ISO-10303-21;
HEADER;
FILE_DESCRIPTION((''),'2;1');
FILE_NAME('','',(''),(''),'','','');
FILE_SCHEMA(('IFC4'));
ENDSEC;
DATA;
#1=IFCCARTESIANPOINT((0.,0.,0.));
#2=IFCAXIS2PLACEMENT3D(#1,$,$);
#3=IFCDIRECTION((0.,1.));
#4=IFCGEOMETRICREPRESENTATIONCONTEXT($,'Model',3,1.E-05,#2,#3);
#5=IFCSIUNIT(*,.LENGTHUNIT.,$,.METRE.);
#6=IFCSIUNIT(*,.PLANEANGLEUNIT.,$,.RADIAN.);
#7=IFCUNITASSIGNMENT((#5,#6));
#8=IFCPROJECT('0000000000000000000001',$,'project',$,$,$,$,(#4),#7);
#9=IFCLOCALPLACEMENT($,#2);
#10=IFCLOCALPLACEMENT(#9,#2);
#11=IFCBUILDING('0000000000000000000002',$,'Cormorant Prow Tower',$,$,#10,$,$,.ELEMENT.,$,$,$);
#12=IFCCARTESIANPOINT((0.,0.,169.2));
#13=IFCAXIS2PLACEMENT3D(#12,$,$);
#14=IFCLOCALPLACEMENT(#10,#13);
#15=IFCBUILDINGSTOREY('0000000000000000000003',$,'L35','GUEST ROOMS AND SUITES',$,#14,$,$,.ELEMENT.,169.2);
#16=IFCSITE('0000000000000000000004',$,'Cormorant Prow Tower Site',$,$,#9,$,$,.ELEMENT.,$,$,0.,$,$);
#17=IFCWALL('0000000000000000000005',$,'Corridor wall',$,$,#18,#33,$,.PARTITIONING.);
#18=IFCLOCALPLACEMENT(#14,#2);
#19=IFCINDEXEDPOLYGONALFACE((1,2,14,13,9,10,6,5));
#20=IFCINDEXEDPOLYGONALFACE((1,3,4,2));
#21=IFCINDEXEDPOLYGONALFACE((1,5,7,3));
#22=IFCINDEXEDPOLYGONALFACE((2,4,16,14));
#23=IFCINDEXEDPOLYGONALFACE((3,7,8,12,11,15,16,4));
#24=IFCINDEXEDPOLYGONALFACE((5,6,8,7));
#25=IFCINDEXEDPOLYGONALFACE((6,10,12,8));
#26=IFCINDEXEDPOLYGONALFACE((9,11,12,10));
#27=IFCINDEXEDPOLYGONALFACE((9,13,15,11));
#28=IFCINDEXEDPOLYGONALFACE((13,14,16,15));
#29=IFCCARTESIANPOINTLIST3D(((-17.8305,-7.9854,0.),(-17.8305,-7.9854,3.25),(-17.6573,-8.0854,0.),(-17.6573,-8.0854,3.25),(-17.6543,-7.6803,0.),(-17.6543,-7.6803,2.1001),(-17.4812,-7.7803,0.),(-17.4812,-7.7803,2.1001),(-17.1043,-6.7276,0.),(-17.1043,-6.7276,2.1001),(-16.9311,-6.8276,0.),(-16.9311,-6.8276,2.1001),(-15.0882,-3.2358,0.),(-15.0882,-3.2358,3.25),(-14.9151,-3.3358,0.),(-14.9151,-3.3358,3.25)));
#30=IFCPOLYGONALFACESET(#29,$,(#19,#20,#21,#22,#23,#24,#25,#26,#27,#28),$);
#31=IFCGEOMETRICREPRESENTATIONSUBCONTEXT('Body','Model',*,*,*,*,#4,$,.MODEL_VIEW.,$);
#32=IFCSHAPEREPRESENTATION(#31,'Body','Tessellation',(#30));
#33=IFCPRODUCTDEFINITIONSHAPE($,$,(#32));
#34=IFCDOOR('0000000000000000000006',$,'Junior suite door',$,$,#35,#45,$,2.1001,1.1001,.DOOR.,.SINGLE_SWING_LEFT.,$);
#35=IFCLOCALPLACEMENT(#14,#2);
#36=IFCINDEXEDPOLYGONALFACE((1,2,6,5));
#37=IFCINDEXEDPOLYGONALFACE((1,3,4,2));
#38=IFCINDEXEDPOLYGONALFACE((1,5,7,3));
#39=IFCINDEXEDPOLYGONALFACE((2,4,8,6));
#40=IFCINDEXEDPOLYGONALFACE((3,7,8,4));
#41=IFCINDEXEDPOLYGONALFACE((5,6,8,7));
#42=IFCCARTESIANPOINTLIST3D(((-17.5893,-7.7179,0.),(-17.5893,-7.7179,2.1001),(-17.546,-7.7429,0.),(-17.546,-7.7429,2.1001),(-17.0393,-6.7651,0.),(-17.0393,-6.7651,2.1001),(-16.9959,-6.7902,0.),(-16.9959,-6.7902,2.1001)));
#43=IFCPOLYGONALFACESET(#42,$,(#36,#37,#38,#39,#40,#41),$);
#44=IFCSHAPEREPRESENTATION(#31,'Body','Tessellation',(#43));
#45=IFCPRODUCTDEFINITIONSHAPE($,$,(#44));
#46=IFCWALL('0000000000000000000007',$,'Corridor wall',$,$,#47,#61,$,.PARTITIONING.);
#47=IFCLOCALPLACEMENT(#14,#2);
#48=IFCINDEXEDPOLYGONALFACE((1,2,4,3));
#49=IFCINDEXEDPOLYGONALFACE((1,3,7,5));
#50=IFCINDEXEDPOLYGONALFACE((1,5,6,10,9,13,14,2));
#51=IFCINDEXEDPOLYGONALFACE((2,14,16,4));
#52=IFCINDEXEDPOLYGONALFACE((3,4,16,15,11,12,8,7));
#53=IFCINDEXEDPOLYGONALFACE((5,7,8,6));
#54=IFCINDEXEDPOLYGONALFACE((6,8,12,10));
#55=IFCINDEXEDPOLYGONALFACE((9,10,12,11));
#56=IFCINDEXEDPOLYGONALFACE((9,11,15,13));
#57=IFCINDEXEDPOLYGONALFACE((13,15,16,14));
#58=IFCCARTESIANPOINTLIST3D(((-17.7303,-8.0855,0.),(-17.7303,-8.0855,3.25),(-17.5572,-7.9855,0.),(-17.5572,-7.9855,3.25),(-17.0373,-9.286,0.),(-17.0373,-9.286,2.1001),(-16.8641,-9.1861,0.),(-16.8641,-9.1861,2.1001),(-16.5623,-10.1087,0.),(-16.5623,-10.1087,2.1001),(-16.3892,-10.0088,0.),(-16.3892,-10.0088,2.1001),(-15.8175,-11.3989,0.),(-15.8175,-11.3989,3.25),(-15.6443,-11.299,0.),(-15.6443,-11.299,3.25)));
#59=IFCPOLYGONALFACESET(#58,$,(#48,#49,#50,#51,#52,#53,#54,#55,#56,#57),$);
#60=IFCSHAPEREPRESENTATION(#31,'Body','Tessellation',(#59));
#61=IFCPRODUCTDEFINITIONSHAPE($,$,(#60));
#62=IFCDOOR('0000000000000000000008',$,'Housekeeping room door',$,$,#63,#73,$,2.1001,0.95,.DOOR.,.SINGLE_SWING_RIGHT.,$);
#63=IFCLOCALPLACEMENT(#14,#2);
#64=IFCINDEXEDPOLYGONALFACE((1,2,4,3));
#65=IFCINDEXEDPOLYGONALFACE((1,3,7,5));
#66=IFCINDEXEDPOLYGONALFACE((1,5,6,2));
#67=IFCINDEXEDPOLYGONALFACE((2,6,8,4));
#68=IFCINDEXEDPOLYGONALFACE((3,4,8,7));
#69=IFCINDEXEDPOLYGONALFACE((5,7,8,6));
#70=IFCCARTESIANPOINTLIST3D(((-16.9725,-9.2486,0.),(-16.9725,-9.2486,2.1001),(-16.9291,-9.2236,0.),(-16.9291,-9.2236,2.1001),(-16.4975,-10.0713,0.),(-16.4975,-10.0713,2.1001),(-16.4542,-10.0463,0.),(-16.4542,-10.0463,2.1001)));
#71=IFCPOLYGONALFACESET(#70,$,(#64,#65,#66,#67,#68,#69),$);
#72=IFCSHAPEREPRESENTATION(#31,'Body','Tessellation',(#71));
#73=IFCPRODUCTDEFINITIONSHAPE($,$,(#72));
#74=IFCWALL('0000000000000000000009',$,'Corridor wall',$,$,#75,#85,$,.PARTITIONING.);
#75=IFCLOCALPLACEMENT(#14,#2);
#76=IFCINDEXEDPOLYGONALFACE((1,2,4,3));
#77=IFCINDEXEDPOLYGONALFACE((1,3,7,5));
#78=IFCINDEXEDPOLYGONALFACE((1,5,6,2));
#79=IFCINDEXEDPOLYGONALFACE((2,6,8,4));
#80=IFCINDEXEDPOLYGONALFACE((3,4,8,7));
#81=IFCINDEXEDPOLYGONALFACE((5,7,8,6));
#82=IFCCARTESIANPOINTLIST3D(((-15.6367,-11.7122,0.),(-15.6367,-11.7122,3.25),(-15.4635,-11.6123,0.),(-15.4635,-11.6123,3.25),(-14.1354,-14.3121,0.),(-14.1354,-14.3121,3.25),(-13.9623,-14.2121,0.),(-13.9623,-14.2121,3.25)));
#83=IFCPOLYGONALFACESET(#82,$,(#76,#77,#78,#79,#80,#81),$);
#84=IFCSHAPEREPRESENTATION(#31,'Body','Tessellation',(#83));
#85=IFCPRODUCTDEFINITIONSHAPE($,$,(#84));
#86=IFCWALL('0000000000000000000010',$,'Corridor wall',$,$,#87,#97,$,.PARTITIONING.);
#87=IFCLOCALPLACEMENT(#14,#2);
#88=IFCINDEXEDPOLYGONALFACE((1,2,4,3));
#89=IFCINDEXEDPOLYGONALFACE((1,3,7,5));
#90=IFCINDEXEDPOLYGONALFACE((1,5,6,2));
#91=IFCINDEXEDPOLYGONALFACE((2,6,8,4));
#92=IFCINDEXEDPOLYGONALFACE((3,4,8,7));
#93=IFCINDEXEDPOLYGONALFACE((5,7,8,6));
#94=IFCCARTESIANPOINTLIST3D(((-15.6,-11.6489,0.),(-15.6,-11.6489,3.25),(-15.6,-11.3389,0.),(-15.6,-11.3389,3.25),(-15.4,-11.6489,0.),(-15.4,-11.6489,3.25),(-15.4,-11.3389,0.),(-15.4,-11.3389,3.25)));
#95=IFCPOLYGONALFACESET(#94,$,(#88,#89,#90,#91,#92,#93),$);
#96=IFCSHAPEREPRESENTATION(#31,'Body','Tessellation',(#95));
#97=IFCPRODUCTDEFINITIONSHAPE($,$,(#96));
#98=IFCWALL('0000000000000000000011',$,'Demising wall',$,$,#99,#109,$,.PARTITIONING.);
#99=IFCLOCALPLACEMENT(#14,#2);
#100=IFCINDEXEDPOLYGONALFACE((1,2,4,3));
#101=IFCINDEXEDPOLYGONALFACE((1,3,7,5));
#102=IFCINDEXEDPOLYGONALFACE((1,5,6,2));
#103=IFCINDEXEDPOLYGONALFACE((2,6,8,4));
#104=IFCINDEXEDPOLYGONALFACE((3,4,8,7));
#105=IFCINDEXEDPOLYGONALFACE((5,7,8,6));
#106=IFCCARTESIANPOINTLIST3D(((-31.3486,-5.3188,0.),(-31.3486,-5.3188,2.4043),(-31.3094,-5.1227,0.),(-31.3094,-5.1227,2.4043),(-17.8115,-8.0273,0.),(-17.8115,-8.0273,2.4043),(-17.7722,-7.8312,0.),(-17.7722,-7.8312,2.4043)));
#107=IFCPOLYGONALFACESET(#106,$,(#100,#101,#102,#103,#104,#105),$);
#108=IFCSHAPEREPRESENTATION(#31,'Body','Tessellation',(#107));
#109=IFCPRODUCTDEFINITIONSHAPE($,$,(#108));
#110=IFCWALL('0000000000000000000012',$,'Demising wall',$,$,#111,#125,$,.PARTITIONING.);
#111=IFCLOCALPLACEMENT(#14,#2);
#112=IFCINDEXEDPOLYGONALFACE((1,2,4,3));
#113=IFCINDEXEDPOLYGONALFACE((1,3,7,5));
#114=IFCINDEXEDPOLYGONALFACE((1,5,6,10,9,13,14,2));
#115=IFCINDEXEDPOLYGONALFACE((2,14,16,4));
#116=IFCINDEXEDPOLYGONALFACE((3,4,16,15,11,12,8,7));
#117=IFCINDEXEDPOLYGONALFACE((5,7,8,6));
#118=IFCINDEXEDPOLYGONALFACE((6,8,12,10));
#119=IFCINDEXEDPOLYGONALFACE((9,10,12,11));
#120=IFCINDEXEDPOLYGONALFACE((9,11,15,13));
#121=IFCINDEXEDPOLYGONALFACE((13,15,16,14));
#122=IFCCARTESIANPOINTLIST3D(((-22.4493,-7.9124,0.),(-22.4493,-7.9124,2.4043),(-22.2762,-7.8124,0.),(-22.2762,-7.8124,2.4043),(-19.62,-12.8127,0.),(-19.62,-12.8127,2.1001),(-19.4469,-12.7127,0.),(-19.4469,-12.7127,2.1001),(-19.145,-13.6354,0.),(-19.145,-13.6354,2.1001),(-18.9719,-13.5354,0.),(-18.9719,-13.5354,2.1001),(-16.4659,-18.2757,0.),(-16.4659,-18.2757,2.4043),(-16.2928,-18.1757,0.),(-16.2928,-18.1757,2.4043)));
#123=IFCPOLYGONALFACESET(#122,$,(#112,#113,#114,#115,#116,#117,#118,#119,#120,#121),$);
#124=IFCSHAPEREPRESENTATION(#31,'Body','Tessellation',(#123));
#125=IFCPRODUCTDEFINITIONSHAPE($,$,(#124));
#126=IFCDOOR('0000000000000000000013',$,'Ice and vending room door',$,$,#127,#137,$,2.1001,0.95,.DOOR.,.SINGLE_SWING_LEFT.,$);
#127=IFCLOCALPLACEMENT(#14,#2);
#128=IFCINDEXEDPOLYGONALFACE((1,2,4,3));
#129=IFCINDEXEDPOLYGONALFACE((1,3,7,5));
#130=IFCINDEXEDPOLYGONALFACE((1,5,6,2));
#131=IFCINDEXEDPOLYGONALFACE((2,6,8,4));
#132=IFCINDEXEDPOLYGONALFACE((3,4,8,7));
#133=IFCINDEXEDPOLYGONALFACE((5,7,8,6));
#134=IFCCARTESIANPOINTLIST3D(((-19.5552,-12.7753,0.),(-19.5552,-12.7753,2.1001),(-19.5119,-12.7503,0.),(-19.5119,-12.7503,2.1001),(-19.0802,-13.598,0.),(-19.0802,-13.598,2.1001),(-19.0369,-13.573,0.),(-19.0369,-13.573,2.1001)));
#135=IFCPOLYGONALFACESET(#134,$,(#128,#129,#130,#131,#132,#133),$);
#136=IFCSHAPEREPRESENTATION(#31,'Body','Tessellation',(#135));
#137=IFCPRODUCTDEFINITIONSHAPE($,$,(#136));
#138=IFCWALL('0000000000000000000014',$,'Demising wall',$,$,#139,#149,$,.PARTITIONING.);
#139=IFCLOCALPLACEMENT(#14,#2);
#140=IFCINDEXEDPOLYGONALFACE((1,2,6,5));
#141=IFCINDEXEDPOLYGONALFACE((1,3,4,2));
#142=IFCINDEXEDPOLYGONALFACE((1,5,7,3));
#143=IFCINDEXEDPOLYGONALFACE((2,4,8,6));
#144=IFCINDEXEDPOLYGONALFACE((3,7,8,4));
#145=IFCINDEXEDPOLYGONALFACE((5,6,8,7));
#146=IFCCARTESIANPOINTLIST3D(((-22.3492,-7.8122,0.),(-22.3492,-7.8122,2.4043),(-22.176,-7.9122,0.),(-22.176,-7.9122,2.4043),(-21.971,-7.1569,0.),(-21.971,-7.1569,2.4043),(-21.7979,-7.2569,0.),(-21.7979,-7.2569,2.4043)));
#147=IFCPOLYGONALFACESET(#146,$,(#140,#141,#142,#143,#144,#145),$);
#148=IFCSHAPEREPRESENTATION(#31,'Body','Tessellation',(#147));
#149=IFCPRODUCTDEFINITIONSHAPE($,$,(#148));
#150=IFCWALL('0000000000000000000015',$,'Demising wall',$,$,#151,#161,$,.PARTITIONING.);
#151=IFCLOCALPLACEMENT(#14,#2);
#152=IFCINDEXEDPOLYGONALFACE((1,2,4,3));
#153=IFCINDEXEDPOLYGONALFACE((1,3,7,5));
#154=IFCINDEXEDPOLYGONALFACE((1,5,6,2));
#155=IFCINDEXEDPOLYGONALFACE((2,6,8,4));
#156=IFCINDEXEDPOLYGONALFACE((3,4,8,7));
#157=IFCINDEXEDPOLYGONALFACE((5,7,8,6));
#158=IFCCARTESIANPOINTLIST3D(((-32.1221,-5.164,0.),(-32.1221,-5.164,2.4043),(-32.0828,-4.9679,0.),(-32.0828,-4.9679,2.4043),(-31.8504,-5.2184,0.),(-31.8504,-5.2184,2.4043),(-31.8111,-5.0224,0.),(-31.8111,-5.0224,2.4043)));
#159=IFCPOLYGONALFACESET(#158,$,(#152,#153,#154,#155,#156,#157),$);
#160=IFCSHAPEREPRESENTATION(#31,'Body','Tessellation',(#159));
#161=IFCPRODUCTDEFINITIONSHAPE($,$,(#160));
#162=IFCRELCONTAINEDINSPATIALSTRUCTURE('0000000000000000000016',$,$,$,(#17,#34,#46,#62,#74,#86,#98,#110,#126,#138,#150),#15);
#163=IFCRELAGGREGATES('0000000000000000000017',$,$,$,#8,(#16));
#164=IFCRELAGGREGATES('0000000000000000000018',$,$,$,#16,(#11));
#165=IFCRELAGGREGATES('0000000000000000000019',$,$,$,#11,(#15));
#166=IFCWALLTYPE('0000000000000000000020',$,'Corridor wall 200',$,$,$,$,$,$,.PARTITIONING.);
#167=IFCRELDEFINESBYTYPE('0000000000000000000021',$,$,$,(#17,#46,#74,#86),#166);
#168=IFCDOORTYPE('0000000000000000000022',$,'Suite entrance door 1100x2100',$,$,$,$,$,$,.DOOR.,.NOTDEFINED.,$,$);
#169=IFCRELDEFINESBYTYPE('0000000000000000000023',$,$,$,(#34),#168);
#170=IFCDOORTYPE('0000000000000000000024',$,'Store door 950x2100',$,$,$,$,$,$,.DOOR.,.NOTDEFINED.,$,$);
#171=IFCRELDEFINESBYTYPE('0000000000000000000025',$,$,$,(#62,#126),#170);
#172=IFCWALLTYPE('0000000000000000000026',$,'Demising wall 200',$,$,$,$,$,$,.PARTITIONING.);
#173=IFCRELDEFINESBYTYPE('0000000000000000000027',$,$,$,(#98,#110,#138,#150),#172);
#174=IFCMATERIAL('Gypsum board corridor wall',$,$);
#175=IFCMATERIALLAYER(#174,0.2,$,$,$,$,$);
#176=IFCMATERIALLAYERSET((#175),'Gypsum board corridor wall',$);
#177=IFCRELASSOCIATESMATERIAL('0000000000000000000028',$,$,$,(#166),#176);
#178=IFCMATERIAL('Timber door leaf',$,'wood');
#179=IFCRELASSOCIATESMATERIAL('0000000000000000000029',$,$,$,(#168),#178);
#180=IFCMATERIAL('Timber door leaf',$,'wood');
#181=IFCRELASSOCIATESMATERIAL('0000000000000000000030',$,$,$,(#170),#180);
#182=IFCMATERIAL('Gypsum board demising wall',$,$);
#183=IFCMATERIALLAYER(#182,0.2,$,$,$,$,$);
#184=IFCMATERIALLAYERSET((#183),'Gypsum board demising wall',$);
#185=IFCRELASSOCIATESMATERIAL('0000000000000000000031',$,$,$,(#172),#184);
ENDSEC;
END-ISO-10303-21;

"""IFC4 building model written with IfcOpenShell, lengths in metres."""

from ifc_helpers import new_model, si_unit, direction, frame, frame_2d, origin, place, context, subcontext, project, spatial, rectangle, extrude, material, layer, layer_set, type_object, element, fill, save


model = new_model("IFC4")

# Units and contexts
model_context = context("Model", 3, precision=1e-05, world=origin(), true_north=direction((0.0, 1.0)))
body_context = subcontext(model_context, "Body", "Model", "MODEL_VIEW")
ifc_project = project(units=[si_unit("LENGTHUNIT", "METRE"), si_unit("PLANEANGLEUNIT", "RADIAN")], contexts=[model_context])

# Site, building, storey
site_placement = place(None, origin())
site = spatial("IfcSite", under=ifc_project, at=site_placement, Name="Cormorant Prow Tower Site", CompositionType="ELEMENT", RefElevation=0.0)
building_placement = place(site_placement, origin())
building = spatial("IfcBuilding", under=site, at=building_placement, Name="Cormorant Prow Tower", CompositionType="ELEMENT")
storey_placement = place(building_placement, frame((0.0, 0.0, 169.2)))
storey = spatial("IfcBuildingStorey", under=building, at=storey_placement, Name="L35", Description="GUEST ROOMS AND SUITES", CompositionType="ELEMENT", Elevation=169.2)

# Walls, openings, doors
ifc_material_1 = material(Name="Gypsum board corridor wall")
ifc_layer_1 = layer(ifc_material_1, 0.2)
ifc_layer_set_1 = layer_set([ifc_layer_1], Name="Gypsum board corridor wall")
wall_type_1 = type_object("IfcWallType", Name="Corridor wall 200", PredefinedType="PARTITIONING", material=ifc_layer_set_1)
wall_1_placement = place(storey_placement, frame((-17.7439, -8.0354, 0.0), z_axis=(0.0, 0.0, 1.0), x_axis=(0.500008, 0.866021, 0.0)))
wall_1 = element("IfcWall", 1, at=wall_1_placement, inside=storey, type_object=wall_type_1, Name="Corridor wall", PredefinedType="PARTITIONING", context=body_context, shape_type="SweptSolid", body=[
    extrude(rectangle(XDim=5.4844, YDim=0.2, at=frame_2d((2.7422, 0.0))), origin(), (0.0, 0.0, 1.0), 3.25),
])
opening_1_placement = place(wall_1_placement, frame((0.3523, 0.0, 0.0)))
opening_1 = element("IfcOpeningElement", 2, at=opening_1_placement, cuts=wall_1, PredefinedType="OPENING", context=body_context, shape_type="SweptSolid", body=[
    extrude(rectangle(XDim=1.1001, YDim=2.1001, at=frame_2d((0.55, 1.05))), frame((0.0, 0.1099, 0.0), z_axis=(0.0, -1.0, 0.0), x_axis=(1.0, 0.0, 0.0)), (0.0, 0.0, 1.0), 0.22),
])
ifc_material_2 = material(Name="Timber door leaf", Category="wood")
door_type_1 = type_object("IfcDoorType", Name="Suite entrance door 1100x2100", OperationType="NOTDEFINED", PredefinedType="DOOR", material=ifc_material_2)
door_1_placement = place(opening_1_placement, origin())
door_1 = element("IfcDoor", 3, at=door_1_placement, inside=storey, type_object=door_type_1, Name="Junior suite door", OperationType="SINGLE_SWING_LEFT", OverallHeight=2.1001, OverallWidth=1.1001, PredefinedType="DOOR", context=body_context, shape_type="SweptSolid", body=[
    extrude(rectangle(XDim=1.1001, YDim=2.1001, at=frame_2d((0.55, 1.05))), frame((0.0, 0.0249, 0.0), z_axis=(0.0, -1.0, 0.0), x_axis=(1.0, 0.0, 0.0)), (0.0, 0.0, 1.0), 0.05),
])
fill(opening_1, door_1)
wall_2_placement = place(storey_placement, frame((-17.6438, -8.0354, 0.0), z_axis=(0.0, 0.0, 1.0), x_axis=(0.499962, -0.866047, 0.0)))
wall_2 = element("IfcWall", 4, at=wall_2_placement, inside=storey, type_object=wall_type_1, Name="Corridor wall", PredefinedType="PARTITIONING", context=body_context, shape_type="SweptSolid", body=[
    extrude(rectangle(XDim=3.8259, YDim=0.2, at=frame_2d((1.9131, 0.0))), origin(), (0.0, 0.0, 1.0), 3.25),
])
opening_2_placement = place(wall_2_placement, frame((1.3862, 0.0, 0.0)))
opening_2 = element("IfcOpeningElement", 5, at=opening_2_placement, cuts=wall_2, PredefinedType="OPENING", context=body_context, shape_type="SweptSolid", body=[
    extrude(rectangle(XDim=0.95, YDim=2.1001, at=frame_2d((0.4751, 1.05))), frame((0.0, 0.1099, 0.0), z_axis=(0.0, -1.0, 0.0), x_axis=(1.0, 0.0, 0.0)), (0.0, 0.0, 1.0), 0.22),
])
ifc_material_3 = material(Name="Timber door leaf", Category="wood")
door_type_2 = type_object("IfcDoorType", Name="Store door 950x2100", OperationType="NOTDEFINED", PredefinedType="DOOR", material=ifc_material_3)
door_2_placement = place(opening_2_placement, origin())
door_2 = element("IfcDoor", 6, at=door_2_placement, inside=storey, type_object=door_type_2, Name="Housekeeping room door", OperationType="SINGLE_SWING_RIGHT", OverallHeight=2.1001, OverallWidth=0.95, PredefinedType="DOOR", context=body_context, shape_type="SweptSolid", body=[
    extrude(rectangle(XDim=0.95, YDim=2.1001, at=frame_2d((0.4751, 1.05))), frame((0.0, 0.0249, 0.0), z_axis=(0.0, -1.0, 0.0), x_axis=(1.0, 0.0, 0.0)), (0.0, 0.0, 1.0), 0.05),
])
fill(opening_2, door_2)

# Walls
wall_3_placement = place(storey_placement, frame((-15.55, -11.6624, 0.0), z_axis=(0.0, 0.0, 1.0), x_axis=(0.500049, -0.865997, 0.0)))
element("IfcWall", 7, at=wall_3_placement, inside=storey, type_object=wall_type_1, Name="Corridor wall", PredefinedType="PARTITIONING", context=body_context, shape_type="SweptSolid", body=[
    extrude(rectangle(XDim=3.0022, YDim=0.2, at=frame_2d((1.501, 0.0))), origin(), (0.0, 0.0, 1.0), 3.25),
])
wall_4_placement = place(storey_placement, frame((-15.5, -11.6489, 0.0), z_axis=(0.0, 0.0, 1.0), x_axis=(0.0, 1.0, 0.0)))
element("IfcWall", 8, at=wall_4_placement, inside=storey, type_object=wall_type_1, Name="Corridor wall", PredefinedType="PARTITIONING", context=body_context, shape_type="SweptSolid", body=[
    extrude(rectangle(XDim=0.3101, YDim=0.2, at=frame_2d((0.155, 0.0))), origin(), (0.0, 0.0, 1.0), 3.25),
])
ifc_material_4 = material(Name="Gypsum board demising wall")
ifc_layer_2 = layer(ifc_material_4, 0.2)
ifc_layer_set_2 = layer_set([ifc_layer_2], Name="Gypsum board demising wall")
wall_type_2 = type_object("IfcWallType", Name="Demising wall 200", PredefinedType="PARTITIONING", material=ifc_layer_set_2)
wall_5_placement = place(storey_placement, frame((-31.3291, -5.2207, 0.0), z_axis=(0.0, 0.0, 1.0), x_axis=(0.980566, -0.196191, 0.0)))
element("IfcWall", 9, at=wall_5_placement, inside=storey, type_object=wall_type_2, Name="Demising wall", PredefinedType="PARTITIONING", context=body_context, shape_type="SweptSolid", body=[
    extrude(rectangle(XDim=13.8054, YDim=0.2, at=frame_2d((6.9028, 0.0))), origin(), (0.0, 0.0, 1.0), 2.4043),
])

# Wall, opening, door
wall_6_placement = place(storey_placement, frame((-22.3628, -7.8623, 0.0), z_axis=(0.0, 0.0, 1.0), x_axis=(0.50001, -0.86602, 0.0)))
wall_6 = element("IfcWall", 10, at=wall_6_placement, inside=storey, type_object=wall_type_2, Name="Demising wall", PredefinedType="PARTITIONING", context=body_context, shape_type="SweptSolid", body=[
    extrude(rectangle(XDim=11.9666, YDim=0.2, at=frame_2d((5.9834, 0.0))), origin(), (0.0, 0.0, 1.0), 2.4043),
])
opening_3_placement = place(wall_6_placement, frame((5.6584, 0.0, 0.0)))
opening_3 = element("IfcOpeningElement", 11, at=opening_3_placement, cuts=wall_6, PredefinedType="OPENING", context=body_context, shape_type="SweptSolid", body=[
    extrude(rectangle(XDim=0.95, YDim=2.1001, at=frame_2d((0.4751, 1.05))), frame((0.0, 0.1099, 0.0), z_axis=(0.0, -1.0, 0.0), x_axis=(1.0, 0.0, 0.0)), (0.0, 0.0, 1.0), 0.22),
])
door_3_placement = place(opening_3_placement, origin())
door_3 = element("IfcDoor", 12, at=door_3_placement, inside=storey, type_object=door_type_2, Name="Ice and vending room door", OperationType="SINGLE_SWING_LEFT", OverallHeight=2.1001, OverallWidth=0.95, PredefinedType="DOOR", context=body_context, shape_type="SweptSolid", body=[
    extrude(rectangle(XDim=0.95, YDim=2.1001, at=frame_2d((0.4751, 1.05))), frame((0.0, 0.0249, 0.0), z_axis=(0.0, -1.0, 0.0), x_axis=(1.0, 0.0, 0.0)), (0.0, 0.0, 1.0), 0.05),
])
fill(opening_3, door_3)

# Walls
wall_7_placement = place(storey_placement, frame((-22.2627, -7.8623, 0.0), z_axis=(0.0, 0.0, 1.0), x_axis=(0.499853, 0.86611, 0.0)))
element("IfcWall", 13, at=wall_7_placement, inside=storey, type_object=wall_type_2, Name="Demising wall", PredefinedType="PARTITIONING", context=body_context, shape_type="SweptSolid", body=[
    extrude(rectangle(XDim=0.7566, YDim=0.2, at=frame_2d((0.3784, 0.0))), origin(), (0.0, 0.0, 1.0), 2.4043),
])
wall_8_placement = place(storey_placement, frame((-32.1025, -5.0659, 0.0), z_axis=(0.0, 0.0, 1.0), x_axis=(0.980513, -0.196455, 0.0)))
element("IfcWall", 14, at=wall_8_placement, inside=storey, type_object=wall_type_2, Name="Demising wall", PredefinedType="PARTITIONING", context=body_context, shape_type="SweptSolid", body=[
    extrude(rectangle(XDim=0.2771, YDim=0.2, at=frame_2d((0.1387, 0.0))), origin(), (0.0, 0.0, 1.0), 2.4043),
])

save(model, "model.ifc")
